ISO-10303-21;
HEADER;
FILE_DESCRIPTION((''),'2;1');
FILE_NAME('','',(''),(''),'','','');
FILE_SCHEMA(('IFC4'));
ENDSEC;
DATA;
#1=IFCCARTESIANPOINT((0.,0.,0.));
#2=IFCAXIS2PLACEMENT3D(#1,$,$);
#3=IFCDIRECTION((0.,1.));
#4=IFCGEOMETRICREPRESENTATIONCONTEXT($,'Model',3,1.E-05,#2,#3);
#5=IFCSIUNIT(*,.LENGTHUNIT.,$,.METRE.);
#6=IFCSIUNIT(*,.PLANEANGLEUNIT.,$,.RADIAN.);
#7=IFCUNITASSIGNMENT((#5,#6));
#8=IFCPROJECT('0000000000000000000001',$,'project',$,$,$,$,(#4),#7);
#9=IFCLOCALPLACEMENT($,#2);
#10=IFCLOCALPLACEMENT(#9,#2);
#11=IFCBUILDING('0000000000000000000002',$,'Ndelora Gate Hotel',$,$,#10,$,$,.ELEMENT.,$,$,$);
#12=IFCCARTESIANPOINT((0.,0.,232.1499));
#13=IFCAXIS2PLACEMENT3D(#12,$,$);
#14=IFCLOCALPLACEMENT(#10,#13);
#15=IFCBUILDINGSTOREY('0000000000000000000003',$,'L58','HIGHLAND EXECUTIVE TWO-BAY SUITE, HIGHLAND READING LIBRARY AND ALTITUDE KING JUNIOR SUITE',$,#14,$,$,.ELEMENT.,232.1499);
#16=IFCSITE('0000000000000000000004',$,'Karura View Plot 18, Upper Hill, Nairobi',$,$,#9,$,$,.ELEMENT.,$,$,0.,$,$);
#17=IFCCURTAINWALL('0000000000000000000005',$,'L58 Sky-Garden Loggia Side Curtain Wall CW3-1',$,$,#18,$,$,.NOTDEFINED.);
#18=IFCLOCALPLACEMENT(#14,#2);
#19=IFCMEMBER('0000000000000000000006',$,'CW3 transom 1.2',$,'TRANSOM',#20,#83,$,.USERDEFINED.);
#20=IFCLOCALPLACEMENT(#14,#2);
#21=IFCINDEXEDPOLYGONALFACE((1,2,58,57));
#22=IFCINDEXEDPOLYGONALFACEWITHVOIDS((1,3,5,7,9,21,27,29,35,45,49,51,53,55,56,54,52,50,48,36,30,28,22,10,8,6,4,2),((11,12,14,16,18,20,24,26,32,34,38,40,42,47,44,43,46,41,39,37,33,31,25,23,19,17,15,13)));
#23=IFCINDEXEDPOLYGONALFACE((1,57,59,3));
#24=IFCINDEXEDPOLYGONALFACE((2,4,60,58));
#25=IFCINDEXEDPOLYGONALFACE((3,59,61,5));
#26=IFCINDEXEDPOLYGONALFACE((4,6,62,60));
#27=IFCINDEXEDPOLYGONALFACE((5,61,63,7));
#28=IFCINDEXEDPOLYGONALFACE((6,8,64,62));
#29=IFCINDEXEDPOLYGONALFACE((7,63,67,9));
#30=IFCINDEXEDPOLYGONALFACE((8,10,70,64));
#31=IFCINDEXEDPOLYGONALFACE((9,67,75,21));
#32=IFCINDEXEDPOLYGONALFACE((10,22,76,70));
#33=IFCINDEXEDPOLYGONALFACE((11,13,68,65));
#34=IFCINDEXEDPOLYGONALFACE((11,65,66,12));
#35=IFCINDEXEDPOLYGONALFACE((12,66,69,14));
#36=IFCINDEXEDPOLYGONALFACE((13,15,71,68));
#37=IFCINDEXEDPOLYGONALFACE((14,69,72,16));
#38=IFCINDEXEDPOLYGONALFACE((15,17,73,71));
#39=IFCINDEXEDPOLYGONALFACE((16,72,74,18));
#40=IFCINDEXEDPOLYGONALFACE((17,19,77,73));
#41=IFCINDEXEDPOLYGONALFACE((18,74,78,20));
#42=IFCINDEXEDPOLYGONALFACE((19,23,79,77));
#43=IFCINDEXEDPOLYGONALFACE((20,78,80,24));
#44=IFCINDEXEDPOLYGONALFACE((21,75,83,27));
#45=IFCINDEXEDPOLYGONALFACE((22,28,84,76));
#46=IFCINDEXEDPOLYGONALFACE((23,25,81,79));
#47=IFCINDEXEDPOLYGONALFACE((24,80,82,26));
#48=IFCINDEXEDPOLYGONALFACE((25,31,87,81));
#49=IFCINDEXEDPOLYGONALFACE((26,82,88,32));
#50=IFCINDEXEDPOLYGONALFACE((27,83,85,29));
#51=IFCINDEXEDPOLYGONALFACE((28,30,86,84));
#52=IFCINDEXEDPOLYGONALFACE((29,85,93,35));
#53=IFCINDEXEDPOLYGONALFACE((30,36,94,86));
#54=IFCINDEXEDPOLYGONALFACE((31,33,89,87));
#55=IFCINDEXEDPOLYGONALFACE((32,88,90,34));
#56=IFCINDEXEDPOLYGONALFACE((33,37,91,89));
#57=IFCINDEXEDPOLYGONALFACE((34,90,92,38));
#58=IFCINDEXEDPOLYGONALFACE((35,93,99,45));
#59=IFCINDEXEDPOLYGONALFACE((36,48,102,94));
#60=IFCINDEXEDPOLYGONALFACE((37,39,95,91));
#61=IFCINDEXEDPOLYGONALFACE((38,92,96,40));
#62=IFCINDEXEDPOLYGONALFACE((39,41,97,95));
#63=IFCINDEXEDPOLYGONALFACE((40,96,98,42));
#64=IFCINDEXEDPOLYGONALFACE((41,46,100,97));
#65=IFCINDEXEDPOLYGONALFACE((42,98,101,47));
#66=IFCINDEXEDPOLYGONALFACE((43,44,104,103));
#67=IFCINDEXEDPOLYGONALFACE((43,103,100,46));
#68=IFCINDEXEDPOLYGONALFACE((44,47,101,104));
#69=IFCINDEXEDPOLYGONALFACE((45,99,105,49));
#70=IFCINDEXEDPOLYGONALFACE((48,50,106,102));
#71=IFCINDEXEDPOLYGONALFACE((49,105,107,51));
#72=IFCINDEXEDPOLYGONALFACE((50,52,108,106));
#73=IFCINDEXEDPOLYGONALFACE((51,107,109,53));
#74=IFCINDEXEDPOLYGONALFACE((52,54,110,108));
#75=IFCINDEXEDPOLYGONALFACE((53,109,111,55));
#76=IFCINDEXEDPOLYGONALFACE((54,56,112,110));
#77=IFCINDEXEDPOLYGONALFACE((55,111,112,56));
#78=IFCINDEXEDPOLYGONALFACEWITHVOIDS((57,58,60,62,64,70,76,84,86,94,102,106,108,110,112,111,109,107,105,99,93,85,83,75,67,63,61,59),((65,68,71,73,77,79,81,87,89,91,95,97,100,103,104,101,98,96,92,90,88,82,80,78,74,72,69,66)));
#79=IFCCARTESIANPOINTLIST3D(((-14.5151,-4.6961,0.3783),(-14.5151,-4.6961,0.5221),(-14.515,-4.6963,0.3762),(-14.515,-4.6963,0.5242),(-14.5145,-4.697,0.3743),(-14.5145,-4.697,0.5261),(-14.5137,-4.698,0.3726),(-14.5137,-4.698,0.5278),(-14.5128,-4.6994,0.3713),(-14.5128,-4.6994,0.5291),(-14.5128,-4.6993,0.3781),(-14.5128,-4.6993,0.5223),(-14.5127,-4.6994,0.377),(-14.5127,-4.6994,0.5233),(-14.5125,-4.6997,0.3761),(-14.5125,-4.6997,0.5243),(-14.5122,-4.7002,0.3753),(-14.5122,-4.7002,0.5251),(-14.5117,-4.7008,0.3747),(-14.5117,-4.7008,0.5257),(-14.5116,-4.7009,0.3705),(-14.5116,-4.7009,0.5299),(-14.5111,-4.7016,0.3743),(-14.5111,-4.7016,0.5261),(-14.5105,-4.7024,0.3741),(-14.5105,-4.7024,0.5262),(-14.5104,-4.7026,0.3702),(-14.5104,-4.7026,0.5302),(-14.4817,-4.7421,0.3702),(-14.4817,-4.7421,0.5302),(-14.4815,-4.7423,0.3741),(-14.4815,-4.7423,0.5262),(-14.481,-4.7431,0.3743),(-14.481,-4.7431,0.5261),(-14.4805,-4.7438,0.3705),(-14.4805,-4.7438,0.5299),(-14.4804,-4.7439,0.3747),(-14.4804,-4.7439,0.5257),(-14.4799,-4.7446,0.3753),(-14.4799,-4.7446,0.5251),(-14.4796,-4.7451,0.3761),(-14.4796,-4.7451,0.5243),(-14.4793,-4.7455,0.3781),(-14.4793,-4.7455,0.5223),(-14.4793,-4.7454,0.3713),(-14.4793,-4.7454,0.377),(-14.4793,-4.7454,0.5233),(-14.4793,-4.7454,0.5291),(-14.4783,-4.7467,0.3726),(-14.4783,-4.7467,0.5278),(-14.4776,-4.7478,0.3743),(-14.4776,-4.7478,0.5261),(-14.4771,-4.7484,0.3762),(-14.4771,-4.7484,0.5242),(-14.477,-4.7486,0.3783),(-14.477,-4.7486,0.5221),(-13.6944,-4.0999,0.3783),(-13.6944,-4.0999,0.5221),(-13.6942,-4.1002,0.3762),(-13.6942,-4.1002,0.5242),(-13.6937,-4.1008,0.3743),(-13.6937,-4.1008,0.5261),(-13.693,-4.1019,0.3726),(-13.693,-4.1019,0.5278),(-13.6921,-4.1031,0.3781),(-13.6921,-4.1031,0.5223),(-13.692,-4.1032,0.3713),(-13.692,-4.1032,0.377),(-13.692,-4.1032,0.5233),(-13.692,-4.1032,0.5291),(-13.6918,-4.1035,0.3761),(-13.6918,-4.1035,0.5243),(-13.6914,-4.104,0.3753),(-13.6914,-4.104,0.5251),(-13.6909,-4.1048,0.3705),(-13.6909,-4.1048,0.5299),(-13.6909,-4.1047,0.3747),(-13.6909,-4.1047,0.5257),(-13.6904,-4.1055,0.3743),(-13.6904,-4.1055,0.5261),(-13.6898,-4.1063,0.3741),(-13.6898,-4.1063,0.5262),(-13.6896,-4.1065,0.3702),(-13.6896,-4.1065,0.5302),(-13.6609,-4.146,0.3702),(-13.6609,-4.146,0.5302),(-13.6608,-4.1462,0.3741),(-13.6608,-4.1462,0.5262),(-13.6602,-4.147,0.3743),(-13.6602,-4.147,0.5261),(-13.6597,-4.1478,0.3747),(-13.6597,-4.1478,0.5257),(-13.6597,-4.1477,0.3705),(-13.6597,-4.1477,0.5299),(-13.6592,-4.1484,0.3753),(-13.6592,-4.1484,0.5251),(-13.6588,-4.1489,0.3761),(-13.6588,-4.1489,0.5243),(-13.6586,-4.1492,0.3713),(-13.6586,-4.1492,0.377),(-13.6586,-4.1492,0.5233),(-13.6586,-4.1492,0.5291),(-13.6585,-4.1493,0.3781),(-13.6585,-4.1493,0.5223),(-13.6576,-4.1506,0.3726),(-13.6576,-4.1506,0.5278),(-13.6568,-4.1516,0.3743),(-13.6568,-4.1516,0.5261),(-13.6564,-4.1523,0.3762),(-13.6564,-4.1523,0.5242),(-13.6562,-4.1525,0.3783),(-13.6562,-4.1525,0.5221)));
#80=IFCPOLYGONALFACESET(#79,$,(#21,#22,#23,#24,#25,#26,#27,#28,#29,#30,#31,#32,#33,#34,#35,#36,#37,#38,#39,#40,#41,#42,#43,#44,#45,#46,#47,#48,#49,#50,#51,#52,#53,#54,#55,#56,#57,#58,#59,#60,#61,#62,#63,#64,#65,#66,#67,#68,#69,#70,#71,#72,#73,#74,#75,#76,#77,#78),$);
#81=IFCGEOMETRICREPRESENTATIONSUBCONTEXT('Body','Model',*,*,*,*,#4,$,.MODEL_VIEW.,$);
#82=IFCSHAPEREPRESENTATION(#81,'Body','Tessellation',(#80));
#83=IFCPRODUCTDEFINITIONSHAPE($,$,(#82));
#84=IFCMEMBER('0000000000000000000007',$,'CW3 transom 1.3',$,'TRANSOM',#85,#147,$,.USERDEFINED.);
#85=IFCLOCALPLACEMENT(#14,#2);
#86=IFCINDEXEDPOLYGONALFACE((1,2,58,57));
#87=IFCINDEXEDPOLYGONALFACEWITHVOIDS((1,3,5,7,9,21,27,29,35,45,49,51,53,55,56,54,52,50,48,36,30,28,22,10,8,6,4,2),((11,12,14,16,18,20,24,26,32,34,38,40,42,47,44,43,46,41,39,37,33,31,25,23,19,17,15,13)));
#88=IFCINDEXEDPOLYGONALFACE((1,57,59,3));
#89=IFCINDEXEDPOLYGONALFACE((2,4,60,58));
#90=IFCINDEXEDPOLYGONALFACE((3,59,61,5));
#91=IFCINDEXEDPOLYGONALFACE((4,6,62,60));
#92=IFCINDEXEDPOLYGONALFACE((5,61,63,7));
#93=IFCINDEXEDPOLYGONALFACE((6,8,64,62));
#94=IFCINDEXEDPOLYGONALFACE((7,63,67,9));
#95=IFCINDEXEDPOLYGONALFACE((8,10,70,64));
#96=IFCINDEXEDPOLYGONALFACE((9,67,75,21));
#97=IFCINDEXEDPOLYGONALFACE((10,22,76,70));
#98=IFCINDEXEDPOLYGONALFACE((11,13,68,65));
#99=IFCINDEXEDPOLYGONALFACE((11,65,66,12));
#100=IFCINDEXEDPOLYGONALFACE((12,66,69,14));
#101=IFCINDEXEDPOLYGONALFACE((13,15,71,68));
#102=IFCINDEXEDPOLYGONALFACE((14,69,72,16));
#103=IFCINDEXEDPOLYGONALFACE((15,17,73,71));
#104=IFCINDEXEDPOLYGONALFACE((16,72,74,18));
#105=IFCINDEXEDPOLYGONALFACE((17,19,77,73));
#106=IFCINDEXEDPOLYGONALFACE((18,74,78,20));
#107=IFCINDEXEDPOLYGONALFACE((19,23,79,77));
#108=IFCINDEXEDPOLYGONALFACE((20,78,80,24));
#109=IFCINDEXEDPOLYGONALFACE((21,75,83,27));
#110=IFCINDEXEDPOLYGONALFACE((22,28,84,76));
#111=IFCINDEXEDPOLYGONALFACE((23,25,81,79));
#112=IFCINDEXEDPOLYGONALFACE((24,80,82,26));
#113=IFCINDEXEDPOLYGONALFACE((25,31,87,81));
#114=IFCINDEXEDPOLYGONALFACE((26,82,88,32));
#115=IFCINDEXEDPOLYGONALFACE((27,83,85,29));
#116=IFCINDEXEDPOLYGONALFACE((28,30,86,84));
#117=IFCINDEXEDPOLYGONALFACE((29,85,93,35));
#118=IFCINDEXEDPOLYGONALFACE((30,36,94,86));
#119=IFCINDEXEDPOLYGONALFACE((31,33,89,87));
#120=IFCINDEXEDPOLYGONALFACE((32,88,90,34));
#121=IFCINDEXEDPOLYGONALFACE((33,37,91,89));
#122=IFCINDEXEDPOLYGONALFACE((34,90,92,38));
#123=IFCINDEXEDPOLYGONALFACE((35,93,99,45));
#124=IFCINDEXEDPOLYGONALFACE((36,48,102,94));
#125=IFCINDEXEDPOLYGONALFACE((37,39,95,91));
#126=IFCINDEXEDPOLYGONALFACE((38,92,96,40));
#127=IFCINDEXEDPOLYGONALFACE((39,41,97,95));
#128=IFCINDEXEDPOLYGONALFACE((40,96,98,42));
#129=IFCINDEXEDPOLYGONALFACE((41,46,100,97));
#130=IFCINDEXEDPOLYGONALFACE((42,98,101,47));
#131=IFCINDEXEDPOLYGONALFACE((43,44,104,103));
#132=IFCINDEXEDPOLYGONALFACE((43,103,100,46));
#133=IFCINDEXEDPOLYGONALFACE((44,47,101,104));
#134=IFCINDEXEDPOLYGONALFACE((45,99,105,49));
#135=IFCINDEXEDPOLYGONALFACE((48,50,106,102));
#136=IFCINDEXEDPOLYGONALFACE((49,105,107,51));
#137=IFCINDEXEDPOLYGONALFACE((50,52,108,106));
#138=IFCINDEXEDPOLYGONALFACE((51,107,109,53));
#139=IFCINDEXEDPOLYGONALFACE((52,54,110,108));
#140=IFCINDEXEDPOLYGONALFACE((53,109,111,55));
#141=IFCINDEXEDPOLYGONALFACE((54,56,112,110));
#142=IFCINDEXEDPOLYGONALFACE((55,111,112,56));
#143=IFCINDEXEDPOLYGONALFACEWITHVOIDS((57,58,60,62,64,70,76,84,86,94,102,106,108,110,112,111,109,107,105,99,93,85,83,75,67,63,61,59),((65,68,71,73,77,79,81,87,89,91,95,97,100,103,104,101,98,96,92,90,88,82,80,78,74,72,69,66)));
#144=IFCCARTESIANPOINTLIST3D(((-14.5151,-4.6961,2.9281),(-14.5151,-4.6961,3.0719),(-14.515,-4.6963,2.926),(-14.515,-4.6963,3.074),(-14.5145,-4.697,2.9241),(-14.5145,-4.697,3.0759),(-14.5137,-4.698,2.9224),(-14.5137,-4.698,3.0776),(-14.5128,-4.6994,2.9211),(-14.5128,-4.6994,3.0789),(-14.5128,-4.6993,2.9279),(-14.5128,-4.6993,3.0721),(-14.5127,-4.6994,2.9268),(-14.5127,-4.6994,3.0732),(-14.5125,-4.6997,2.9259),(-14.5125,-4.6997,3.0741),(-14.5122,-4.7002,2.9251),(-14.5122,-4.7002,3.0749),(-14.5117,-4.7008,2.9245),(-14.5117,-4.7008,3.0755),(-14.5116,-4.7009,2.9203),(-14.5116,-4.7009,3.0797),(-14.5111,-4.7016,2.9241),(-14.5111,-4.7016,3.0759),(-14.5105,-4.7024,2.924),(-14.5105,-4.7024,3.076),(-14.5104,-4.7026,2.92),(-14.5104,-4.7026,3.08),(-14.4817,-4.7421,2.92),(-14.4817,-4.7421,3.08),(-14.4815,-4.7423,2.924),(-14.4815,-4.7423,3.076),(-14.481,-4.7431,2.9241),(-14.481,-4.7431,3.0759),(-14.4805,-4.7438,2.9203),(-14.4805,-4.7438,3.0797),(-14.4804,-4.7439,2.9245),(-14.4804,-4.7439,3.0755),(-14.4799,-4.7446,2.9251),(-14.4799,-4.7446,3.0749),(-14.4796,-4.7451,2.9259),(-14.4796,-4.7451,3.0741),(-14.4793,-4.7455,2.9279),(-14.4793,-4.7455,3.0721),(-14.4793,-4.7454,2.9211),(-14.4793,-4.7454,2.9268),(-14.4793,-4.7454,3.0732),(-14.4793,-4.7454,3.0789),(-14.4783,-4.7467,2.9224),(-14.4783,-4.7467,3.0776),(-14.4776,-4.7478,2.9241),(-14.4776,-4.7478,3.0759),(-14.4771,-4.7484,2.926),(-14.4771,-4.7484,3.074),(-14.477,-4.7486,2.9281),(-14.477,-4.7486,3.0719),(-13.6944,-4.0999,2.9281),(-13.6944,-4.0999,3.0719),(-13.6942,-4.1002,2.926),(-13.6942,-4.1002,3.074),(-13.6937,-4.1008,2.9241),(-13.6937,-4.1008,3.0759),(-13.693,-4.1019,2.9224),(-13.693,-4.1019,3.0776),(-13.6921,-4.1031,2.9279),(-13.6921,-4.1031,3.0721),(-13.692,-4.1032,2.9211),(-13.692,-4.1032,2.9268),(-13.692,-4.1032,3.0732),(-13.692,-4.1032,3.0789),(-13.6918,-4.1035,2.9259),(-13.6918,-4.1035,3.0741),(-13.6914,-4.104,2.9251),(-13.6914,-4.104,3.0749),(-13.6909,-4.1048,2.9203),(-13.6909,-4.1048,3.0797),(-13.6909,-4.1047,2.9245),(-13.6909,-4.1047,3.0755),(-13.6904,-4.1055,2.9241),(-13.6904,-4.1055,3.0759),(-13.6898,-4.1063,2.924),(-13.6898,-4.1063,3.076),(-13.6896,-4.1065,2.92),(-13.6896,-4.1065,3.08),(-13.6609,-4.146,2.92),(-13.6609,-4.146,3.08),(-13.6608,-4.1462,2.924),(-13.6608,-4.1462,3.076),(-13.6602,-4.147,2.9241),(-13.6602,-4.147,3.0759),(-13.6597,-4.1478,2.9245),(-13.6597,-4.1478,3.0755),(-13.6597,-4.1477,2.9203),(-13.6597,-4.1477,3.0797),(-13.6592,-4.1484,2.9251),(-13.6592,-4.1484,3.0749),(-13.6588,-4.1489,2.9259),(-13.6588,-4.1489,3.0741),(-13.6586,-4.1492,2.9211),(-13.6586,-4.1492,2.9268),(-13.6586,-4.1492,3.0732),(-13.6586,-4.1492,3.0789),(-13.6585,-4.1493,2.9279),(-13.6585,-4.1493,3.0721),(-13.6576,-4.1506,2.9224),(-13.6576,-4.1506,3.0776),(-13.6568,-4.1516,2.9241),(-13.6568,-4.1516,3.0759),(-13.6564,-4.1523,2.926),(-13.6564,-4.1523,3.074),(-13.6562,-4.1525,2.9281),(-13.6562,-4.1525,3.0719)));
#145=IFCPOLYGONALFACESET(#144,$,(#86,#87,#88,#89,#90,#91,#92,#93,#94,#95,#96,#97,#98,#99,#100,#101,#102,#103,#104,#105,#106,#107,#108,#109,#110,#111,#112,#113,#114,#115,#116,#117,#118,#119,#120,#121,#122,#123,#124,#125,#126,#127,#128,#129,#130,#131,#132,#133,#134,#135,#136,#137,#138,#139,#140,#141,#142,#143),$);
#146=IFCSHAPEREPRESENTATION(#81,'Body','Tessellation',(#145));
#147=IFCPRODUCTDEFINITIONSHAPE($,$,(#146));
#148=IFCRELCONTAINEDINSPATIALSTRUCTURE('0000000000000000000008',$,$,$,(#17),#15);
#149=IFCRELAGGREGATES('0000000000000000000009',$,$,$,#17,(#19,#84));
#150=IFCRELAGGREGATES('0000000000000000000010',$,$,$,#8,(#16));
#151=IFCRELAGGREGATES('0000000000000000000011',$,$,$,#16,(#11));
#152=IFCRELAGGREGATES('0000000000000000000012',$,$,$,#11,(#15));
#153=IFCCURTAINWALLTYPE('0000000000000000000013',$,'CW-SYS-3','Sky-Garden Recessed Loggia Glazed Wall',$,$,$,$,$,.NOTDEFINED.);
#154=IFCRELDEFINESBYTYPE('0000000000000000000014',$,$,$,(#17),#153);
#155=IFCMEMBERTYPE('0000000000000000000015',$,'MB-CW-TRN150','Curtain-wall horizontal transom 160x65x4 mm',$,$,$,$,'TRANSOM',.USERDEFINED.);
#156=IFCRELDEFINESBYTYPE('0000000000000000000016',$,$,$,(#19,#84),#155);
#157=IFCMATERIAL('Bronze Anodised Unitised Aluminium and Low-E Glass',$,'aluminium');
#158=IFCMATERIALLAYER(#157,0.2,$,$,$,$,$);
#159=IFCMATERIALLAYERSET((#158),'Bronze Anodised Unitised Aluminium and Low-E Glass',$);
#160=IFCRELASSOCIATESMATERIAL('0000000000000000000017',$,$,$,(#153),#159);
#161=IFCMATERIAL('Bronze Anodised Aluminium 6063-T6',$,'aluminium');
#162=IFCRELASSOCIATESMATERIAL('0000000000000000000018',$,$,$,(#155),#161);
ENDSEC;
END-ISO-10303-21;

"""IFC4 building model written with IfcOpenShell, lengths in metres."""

from ifc_helpers import new_model, si_unit, direction, frame, origin, origin_2d, place, context, subcontext, project, spatial, hollow_rectangle, extrude, material, layer, layer_set, material_profile, profile_set, type_object, element, aggregate, save


model = new_model("IFC4")

# Units and contexts
model_context = context("Model", 3, precision=1e-05, world=origin(), true_north=direction((0.0, 1.0)))
body_context = subcontext(model_context, "Body", "Model", "MODEL_VIEW")
ifc_project = project(units=[si_unit("LENGTHUNIT", "METRE"), si_unit("PLANEANGLEUNIT", "RADIAN")], contexts=[model_context])

# Site, building, storey
site_placement = place(None, origin())
site = spatial("IfcSite", under=ifc_project, at=site_placement, Name="Karura View Plot 18, Upper Hill, Nairobi", CompositionType="ELEMENT", RefElevation=0.0)
building_placement = place(site_placement, origin())
building = spatial("IfcBuilding", under=site, at=building_placement, Name="Ndelora Gate Hotel", CompositionType="ELEMENT")
storey_placement = place(building_placement, frame((0.0, 0.0, 232.1499)))
storey = spatial("IfcBuildingStorey", under=building, at=storey_placement, Name="L58", Description="HIGHLAND EXECUTIVE TWO-BAY SUITE, HIGHLAND READING LIBRARY AND ALTITUDE KING JUNIOR SUITE", CompositionType="ELEMENT", Elevation=232.1499)

# Curtain wall, members
ifc_material_1 = material(Name="Bronze Anodised Unitised Aluminium and Low-E Glass", Category="aluminium")
ifc_layer_1 = layer(ifc_material_1, 0.2)
ifc_layer_set_1 = layer_set([ifc_layer_1], Name="Bronze Anodised Unitised Aluminium and Low-E Glass")
curtain_wall_type = type_object("IfcCurtainWallType", Name="CW-SYS-3", Description="Sky-Garden Recessed Loggia Glazed Wall", PredefinedType="NOTDEFINED", material=ifc_layer_set_1)
curtain_wall_placement = place(storey_placement, origin())
curtain_wall = element("IfcCurtainWall", 1, at=curtain_wall_placement, inside=storey, type_object=curtain_wall_type, Name="L58 Sky-Garden Loggia Side Curtain Wall CW3-1", PredefinedType="NOTDEFINED")
ifc_material_2 = material(Name="Bronze Anodised Aluminium 6063-T6", Category="aluminium")
ifc_material_profile_1 = material_profile(ifc_material_2, hollow_rectangle(XDim=0.0649, YDim=0.1599, WallThickness=0.0039, InnerFilletRadius=0.0039, OuterFilletRadius=0.0081, at=origin_2d()), Name="ALU 160x65x4")
ifc_profile_set_1 = profile_set([ifc_material_profile_1], Name="Bronze Anodised Aluminium 6063-T6")
member_type_1 = type_object("IfcMemberType", Name="MB-CW-TRN150", Description="Curtain-wall horizontal transom 160x65x4 mm", ElementType="TRANSOM", PredefinedType="USERDEFINED", material=ifc_profile_set_1)
member_1_placement = place(storey_placement, frame((-13.6753, -4.1262, 0.4502), z_axis=(-0.80909, -0.587685, 0.0), x_axis=(0.587685, -0.80909, 0.0)))
member_1 = element("IfcMember", 2, at=member_1_placement, type_object=member_type_1, Name="CW3 transom 1.2", ObjectType="TRANSOM", PredefinedType="USERDEFINED", context=body_context, shape_type="SweptSolid", body=[
    extrude(hollow_rectangle(XDim=0.0649, YDim=0.1599, WallThickness=0.0039, InnerFilletRadius=0.0039, OuterFilletRadius=0.0081, at=origin_2d()), origin(), (0.0, 0.0, 1.0), 1.0144),
])
member_2_placement = place(storey_placement, frame((-13.6753, -4.1262, 3.0), z_axis=(-0.80909, -0.587685, 0.0), x_axis=(0.587685, -0.80909, 0.0)))
member_2 = element("IfcMember", 3, at=member_2_placement, type_object=member_type_1, Name="CW3 transom 1.3", ObjectType="TRANSOM", PredefinedType="USERDEFINED", context=body_context, shape_type="SweptSolid", body=[
    extrude(hollow_rectangle(XDim=0.0649, YDim=0.1599, WallThickness=0.0039, InnerFilletRadius=0.0039, OuterFilletRadius=0.0081, at=origin_2d()), origin(), (0.0, 0.0, 1.0), 1.0144),
])
aggregate(curtain_wall, [member_1, member_2])

save(model, "model.ifc")
